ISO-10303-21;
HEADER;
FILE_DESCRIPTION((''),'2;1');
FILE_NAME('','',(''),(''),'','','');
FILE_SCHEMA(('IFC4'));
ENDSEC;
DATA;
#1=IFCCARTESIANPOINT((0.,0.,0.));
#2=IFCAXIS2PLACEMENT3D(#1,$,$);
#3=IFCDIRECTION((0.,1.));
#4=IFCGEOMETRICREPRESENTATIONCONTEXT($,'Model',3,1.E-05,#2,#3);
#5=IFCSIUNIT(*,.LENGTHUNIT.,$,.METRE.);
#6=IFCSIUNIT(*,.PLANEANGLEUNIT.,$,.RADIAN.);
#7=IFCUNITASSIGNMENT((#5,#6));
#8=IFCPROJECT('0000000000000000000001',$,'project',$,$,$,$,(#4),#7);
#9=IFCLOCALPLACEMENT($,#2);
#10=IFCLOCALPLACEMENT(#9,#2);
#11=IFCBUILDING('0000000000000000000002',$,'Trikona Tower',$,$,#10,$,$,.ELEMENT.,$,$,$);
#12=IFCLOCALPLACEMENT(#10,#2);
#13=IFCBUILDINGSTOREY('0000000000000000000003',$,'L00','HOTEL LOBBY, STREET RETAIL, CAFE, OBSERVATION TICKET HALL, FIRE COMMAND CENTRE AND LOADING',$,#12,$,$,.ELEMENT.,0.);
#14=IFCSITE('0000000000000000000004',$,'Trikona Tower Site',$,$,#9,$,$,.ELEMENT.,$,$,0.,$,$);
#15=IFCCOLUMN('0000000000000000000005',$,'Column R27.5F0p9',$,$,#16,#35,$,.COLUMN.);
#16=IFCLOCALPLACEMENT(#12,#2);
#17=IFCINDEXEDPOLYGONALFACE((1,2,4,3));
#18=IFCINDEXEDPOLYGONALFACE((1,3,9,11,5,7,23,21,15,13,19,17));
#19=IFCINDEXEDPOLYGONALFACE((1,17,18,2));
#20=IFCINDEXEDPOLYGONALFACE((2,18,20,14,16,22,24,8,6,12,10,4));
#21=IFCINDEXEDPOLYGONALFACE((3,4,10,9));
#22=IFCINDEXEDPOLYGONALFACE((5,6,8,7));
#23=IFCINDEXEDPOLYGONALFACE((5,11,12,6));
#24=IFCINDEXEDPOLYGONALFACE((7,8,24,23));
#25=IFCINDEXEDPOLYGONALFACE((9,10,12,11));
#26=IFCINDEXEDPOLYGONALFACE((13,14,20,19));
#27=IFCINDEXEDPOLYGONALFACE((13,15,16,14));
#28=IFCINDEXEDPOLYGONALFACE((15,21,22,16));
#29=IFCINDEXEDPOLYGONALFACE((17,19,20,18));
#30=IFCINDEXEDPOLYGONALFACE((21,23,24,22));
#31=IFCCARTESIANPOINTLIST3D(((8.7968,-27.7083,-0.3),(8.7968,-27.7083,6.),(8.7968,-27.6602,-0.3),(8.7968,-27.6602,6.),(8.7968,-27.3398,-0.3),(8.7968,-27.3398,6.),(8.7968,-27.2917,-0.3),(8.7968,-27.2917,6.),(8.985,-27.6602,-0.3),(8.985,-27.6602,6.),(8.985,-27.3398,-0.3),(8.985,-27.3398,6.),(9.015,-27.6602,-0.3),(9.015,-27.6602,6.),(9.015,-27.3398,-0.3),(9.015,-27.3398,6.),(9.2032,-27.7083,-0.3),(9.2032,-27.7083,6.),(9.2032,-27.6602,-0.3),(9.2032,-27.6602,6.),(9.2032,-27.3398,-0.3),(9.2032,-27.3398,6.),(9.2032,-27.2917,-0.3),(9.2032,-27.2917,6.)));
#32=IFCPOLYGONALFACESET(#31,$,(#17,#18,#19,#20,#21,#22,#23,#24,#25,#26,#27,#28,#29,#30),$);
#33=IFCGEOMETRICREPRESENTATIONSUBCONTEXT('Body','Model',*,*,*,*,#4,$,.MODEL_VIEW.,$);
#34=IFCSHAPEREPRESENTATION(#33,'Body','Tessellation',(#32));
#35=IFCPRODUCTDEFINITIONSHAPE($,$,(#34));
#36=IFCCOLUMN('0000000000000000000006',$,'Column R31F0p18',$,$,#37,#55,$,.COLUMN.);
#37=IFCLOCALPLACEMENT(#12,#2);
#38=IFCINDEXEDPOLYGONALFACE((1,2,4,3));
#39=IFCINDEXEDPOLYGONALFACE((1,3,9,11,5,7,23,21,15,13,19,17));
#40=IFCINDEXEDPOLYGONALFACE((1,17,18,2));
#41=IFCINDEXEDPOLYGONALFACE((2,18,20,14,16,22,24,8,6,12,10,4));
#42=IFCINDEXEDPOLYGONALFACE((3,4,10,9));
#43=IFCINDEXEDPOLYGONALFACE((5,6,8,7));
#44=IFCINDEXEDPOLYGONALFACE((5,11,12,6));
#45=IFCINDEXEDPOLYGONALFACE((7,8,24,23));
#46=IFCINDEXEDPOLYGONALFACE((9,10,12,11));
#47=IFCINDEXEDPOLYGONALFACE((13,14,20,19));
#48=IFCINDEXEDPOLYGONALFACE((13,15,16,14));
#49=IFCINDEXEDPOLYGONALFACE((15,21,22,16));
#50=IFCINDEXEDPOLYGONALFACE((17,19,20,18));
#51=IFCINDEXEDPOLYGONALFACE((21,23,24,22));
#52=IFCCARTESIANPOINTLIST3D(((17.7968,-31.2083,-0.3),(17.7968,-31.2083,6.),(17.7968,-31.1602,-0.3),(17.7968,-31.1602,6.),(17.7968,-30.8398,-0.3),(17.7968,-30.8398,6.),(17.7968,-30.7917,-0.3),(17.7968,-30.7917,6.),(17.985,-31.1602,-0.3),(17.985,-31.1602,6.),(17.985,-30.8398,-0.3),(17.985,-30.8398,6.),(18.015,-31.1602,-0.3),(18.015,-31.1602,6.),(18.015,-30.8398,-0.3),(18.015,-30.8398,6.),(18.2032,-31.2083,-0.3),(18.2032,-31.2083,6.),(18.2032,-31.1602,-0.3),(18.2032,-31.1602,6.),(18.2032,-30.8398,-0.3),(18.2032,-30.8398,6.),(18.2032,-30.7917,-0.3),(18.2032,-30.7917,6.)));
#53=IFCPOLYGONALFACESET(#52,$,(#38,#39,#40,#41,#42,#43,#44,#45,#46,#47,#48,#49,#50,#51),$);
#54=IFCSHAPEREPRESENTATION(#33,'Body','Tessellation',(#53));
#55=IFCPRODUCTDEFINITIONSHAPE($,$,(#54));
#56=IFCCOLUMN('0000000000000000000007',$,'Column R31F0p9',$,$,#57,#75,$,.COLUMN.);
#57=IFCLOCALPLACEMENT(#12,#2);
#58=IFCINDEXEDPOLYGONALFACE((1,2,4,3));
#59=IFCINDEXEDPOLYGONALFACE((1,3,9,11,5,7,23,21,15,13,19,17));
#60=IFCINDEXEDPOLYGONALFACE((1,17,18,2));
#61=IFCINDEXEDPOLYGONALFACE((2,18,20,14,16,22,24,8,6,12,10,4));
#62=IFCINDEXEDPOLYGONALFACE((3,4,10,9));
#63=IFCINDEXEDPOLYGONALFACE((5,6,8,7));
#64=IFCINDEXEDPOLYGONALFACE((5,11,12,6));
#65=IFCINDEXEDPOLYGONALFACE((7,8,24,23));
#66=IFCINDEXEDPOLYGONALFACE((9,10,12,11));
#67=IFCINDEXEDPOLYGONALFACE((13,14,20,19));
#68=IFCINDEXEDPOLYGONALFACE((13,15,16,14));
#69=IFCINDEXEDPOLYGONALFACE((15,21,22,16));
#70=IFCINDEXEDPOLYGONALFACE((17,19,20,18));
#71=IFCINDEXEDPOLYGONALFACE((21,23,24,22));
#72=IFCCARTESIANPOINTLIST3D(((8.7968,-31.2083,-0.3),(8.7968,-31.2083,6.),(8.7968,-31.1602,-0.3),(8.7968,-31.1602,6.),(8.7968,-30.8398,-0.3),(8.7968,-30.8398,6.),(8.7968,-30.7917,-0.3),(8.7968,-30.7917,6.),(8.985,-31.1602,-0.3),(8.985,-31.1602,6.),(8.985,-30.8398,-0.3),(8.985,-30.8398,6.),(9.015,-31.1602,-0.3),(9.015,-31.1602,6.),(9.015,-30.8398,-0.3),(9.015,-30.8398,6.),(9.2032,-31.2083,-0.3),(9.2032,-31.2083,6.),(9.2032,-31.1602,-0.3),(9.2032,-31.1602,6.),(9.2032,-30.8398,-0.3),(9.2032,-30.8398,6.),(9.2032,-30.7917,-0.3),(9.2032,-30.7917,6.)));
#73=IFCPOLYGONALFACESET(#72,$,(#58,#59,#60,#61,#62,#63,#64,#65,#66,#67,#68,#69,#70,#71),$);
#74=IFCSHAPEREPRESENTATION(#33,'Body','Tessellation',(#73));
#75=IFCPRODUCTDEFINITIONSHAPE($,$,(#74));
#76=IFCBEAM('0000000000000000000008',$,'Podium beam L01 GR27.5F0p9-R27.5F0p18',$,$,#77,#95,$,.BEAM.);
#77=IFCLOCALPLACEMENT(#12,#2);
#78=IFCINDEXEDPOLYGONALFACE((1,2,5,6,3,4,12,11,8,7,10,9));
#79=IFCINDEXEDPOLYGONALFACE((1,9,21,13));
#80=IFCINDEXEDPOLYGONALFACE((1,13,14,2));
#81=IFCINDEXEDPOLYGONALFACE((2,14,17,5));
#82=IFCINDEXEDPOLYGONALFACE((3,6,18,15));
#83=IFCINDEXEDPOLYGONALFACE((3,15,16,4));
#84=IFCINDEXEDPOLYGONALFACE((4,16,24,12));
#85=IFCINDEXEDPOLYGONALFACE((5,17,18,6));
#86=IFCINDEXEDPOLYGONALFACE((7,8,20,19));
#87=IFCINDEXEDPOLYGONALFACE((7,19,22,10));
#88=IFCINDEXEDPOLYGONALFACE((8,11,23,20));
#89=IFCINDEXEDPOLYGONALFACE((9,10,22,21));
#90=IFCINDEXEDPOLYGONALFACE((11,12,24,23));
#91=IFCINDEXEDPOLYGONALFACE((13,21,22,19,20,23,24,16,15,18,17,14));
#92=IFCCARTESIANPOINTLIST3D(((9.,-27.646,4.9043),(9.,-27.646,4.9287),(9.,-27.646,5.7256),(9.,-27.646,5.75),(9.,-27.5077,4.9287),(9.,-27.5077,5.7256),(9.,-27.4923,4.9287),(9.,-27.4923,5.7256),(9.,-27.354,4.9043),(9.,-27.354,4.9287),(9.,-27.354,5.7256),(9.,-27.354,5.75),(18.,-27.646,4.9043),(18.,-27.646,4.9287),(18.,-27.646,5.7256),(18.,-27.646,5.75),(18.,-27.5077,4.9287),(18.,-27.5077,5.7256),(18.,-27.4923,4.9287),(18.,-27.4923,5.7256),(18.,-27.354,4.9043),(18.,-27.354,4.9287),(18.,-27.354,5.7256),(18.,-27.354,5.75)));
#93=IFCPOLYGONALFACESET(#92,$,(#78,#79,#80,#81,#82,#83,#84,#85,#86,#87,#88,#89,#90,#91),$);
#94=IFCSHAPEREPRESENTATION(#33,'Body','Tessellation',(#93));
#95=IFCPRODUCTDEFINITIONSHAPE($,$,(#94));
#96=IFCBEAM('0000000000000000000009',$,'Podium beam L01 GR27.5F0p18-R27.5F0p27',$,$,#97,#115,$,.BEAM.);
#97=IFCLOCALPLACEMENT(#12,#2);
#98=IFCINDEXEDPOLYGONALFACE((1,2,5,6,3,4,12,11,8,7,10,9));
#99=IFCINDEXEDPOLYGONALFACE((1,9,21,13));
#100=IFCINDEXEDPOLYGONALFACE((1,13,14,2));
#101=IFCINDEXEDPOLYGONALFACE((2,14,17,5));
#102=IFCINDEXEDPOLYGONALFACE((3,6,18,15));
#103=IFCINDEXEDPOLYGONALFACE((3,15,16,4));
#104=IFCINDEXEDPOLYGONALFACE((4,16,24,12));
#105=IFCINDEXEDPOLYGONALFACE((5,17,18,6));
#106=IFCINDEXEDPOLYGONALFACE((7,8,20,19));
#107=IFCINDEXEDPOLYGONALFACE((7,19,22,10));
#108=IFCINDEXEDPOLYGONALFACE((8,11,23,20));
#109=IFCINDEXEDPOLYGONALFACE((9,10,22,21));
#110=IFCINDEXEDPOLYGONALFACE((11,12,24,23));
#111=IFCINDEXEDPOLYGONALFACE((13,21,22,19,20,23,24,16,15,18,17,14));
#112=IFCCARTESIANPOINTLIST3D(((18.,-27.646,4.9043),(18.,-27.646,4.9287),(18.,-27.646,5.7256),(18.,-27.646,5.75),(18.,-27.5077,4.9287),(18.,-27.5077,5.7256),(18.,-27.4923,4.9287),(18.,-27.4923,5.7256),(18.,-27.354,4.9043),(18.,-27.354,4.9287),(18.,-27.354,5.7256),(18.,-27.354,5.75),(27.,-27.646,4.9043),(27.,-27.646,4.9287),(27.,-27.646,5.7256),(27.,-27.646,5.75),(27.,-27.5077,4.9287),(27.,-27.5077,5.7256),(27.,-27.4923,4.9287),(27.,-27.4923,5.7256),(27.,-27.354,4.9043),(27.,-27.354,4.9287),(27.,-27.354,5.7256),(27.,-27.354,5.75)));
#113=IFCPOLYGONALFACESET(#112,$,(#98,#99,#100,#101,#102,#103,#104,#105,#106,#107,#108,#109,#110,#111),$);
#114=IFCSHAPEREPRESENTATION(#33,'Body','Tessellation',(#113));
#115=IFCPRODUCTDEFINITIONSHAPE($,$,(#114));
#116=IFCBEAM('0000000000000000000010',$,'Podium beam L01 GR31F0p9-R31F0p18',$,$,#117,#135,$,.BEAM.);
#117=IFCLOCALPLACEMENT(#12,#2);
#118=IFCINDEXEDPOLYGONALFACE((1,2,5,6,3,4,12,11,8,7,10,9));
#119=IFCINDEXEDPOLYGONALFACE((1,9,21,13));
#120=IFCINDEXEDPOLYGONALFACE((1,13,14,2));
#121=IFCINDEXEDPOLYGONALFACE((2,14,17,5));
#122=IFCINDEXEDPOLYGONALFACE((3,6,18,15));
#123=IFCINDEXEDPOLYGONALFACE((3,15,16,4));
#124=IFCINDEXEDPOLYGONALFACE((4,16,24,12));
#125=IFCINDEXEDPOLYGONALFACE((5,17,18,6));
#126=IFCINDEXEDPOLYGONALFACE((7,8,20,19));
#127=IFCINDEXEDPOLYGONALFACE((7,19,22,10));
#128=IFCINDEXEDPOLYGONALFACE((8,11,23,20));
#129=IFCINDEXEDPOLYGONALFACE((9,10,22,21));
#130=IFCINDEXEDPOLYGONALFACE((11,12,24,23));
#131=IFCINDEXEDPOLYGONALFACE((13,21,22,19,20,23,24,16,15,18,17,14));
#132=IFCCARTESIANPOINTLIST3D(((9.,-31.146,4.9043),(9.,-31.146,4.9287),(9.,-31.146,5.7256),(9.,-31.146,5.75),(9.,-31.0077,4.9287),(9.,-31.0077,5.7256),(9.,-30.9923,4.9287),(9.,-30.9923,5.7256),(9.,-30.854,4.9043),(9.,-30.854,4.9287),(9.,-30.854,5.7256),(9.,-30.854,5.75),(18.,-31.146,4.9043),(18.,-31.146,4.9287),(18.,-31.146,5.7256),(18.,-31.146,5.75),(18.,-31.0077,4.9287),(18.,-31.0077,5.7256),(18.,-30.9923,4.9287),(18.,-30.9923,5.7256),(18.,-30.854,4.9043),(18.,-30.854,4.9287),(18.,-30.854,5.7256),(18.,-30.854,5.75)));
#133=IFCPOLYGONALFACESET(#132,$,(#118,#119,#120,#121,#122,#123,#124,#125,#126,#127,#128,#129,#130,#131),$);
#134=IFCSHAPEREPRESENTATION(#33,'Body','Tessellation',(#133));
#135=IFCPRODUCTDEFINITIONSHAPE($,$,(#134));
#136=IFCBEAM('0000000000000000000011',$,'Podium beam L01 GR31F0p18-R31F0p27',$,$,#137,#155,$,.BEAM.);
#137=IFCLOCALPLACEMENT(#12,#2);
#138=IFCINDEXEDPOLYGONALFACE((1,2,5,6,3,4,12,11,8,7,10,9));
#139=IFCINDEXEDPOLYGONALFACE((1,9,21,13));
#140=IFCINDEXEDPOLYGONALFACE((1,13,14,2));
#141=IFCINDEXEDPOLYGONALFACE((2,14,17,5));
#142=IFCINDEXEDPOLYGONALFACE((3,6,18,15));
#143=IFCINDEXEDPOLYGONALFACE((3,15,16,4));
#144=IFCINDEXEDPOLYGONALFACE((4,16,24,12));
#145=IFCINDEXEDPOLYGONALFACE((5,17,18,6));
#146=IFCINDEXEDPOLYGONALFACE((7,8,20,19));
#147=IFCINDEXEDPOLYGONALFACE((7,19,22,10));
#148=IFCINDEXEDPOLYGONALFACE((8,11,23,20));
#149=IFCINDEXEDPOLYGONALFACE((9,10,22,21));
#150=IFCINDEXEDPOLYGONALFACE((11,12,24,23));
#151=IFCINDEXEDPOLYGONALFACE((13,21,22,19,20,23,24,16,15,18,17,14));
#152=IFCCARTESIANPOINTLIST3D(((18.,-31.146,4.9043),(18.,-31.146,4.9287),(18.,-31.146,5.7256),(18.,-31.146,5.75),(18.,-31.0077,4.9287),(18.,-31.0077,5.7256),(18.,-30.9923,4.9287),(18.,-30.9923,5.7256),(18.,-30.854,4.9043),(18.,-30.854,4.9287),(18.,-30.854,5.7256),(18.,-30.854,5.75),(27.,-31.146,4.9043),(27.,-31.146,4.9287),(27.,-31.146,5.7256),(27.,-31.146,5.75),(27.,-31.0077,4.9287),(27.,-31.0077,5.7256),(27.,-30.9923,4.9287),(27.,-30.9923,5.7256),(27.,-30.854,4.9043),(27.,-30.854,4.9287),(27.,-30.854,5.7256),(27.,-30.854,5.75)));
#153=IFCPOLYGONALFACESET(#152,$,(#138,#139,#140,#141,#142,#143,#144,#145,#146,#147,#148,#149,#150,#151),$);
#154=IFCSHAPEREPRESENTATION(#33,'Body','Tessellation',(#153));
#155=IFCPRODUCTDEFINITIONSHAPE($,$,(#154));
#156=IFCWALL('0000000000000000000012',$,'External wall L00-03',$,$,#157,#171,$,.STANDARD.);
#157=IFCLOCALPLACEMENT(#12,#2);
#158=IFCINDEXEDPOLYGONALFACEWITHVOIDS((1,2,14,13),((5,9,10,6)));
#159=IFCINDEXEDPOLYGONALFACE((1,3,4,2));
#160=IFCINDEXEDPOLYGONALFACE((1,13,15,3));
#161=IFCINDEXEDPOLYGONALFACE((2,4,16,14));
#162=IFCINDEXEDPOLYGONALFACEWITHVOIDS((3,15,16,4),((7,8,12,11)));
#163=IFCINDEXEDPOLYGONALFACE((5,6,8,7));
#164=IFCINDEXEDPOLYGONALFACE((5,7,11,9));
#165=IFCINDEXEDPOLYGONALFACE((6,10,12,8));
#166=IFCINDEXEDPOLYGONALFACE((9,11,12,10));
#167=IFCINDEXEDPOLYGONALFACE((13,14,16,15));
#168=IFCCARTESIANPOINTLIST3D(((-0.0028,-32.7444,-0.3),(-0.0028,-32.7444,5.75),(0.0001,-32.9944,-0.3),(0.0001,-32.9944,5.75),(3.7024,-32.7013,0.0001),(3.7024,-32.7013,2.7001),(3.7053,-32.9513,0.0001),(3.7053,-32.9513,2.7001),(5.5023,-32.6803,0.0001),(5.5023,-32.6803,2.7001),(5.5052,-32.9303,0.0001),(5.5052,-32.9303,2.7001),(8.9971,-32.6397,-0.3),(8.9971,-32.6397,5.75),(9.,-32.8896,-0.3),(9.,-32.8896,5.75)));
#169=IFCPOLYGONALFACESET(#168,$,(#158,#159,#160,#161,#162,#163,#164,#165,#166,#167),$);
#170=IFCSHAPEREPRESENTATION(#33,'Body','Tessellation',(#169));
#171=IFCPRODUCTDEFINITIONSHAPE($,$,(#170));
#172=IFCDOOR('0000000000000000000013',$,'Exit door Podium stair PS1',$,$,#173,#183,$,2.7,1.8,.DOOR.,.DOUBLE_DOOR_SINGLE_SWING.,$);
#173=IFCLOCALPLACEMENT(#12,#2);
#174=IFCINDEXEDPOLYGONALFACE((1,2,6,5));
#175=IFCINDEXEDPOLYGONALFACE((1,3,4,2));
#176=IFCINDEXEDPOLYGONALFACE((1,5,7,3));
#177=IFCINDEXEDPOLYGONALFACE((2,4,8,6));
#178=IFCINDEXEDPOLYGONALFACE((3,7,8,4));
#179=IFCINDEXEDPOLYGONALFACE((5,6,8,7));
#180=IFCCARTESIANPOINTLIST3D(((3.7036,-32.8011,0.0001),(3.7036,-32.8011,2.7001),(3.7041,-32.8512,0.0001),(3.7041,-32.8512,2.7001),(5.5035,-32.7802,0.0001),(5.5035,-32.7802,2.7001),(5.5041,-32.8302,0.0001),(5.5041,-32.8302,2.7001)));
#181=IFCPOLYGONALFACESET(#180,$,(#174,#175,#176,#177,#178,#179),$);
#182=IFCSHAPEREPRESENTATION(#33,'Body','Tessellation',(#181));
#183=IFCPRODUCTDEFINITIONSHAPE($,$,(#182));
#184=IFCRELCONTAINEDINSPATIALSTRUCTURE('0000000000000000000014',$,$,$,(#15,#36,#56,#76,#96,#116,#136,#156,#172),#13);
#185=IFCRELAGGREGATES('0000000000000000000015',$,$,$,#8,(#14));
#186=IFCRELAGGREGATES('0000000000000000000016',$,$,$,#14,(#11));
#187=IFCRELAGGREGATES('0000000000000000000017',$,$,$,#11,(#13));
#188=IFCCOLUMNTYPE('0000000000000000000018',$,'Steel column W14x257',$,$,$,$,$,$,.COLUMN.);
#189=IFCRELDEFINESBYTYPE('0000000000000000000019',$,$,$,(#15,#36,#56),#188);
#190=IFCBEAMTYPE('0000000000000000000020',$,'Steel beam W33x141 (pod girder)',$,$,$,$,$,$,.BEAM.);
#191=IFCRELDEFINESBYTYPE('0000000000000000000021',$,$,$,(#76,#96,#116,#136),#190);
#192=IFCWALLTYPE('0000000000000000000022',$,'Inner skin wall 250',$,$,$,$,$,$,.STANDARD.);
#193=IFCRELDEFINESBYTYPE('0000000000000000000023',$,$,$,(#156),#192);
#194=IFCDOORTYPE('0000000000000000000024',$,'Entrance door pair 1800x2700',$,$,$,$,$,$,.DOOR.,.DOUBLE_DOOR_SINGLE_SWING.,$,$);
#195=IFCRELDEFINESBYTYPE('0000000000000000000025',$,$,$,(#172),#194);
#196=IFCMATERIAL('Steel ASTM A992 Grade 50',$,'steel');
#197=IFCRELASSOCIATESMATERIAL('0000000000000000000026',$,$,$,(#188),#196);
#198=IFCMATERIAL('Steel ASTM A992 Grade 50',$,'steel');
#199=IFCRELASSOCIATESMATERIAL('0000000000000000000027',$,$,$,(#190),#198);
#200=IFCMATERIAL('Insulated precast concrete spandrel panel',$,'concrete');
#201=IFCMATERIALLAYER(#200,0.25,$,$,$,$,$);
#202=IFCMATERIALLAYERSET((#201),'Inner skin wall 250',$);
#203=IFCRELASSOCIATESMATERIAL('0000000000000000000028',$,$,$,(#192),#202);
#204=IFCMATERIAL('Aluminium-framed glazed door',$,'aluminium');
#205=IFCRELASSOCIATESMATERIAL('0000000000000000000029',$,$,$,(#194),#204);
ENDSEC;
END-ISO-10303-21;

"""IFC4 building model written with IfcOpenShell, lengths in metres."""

from ifc_helpers import new_model, si_unit, direction, frame, frame_2d, origin, origin_2d, place, context, subcontext, project, spatial, rectangle, i_section, extrude, material, layer, layer_set, material_profile, profile_set, type_object, element, fill, save


model = new_model("IFC4")

# Units and contexts
model_context = context("Model", 3, precision=1e-05, world=origin(), true_north=direction((0.0, 1.0)))
body_context = subcontext(model_context, "Body", "Model", "MODEL_VIEW")
ifc_project = project(units=[si_unit("LENGTHUNIT", "METRE"), si_unit("PLANEANGLEUNIT", "RADIAN")], contexts=[model_context])

# Site, building, storey
site_placement = place(None, origin())
site = spatial("IfcSite", under=ifc_project, at=site_placement, Name="Trikona Tower Site", CompositionType="ELEMENT", RefElevation=0.0)
building_placement = place(site_placement, origin())
building = spatial("IfcBuilding", under=site, at=building_placement, Name="Trikona Tower", CompositionType="ELEMENT")
storey_placement = place(building_placement, origin())
storey = spatial("IfcBuildingStorey", under=building, at=storey_placement, Name="L00", Description="HOTEL LOBBY, STREET RETAIL, CAFE, OBSERVATION TICKET HALL, FIRE COMMAND CENTRE AND LOADING", CompositionType="ELEMENT", Elevation=0.0)

# Columns
ifc_material_1 = material(Name="Steel ASTM A992 Grade 50", Category="steel")
ifc_material_profile_1 = material_profile(ifc_material_1, i_section(OverallWidth=0.4065, OverallDepth=0.4165, WebThickness=0.03, FlangeThickness=0.0481, at=origin_2d()), Name="W14X257")
ifc_profile_set_1 = profile_set([ifc_material_profile_1], Name="Steel ASTM A992 Grade 50")
column_type = type_object("IfcColumnType", Name="Steel column W14x257", PredefinedType="COLUMN", material=ifc_profile_set_1)
for number, where, z_axis, x_axis, name in (
    (1, (9.0, -27.5, -0.3), (0.0, 0.0, 1.0), (1.0, 0.0, 0.0), "Column R27.5F0p9"),
    (2, (18.0, -31.0, -0.3), (0.0, 0.0, 1.0), (1.0, 0.0, 0.0), "Column R31F0p18"),
    (3, (9.0, -31.0, -0.3), (0.0, 0.0, 1.0), (1.0, 0.0, 0.0), "Column R31F0p9"),
):
    element("IfcColumn", number, at=place(storey_placement, frame(where, z_axis=z_axis, x_axis=x_axis)), inside=storey, type_object=column_type, Name=name, PredefinedType="COLUMN", context=body_context, shape_type="SweptSolid", body=[
        extrude(i_section(OverallWidth=0.4065, OverallDepth=0.4165, WebThickness=0.03, FlangeThickness=0.0481, at=origin_2d()), origin(), (0.0, 0.0, 1.0), 6.3),
    ])

# Beams
ifc_material_2 = material(Name="Steel ASTM A992 Grade 50", Category="steel")
ifc_material_profile_2 = material_profile(ifc_material_2, i_section(OverallWidth=0.292, OverallDepth=0.8457, WebThickness=0.0154, FlangeThickness=0.0244, at=origin_2d()), Name="W33X141")
ifc_profile_set_2 = profile_set([ifc_material_profile_2], Name="Steel ASTM A992 Grade 50")
beam_type = type_object("IfcBeamType", Name="Steel beam W33x141 (pod girder)", PredefinedType="BEAM", material=ifc_profile_set_2)
for number, where, z_axis, x_axis, name in (
    (4, (9.0, -27.5, 5.3271), (1.0, 0.0, 0.0), (0.0, 1.0, 0.0), "Podium beam L01 GR27.5F0p9-R27.5F0p18"),
    (5, (18.0, -27.5, 5.3271), (1.0, 0.0, 0.0), (0.0, 1.0, 0.0), "Podium beam L01 GR27.5F0p18-R27.5F0p27"),
    (6, (9.0, -31.0, 5.3271), (1.0, 0.0, 0.0), (0.0, 1.0, 0.0), "Podium beam L01 GR31F0p9-R31F0p18"),
    (7, (18.0, -31.0, 5.3271), (1.0, 0.0, 0.0), (0.0, 1.0, 0.0), "Podium beam L01 GR31F0p18-R31F0p27"),
):
    element("IfcBeam", number, at=place(storey_placement, frame(where, z_axis=z_axis, x_axis=x_axis)), inside=storey, type_object=beam_type, Name=name, PredefinedType="BEAM", context=body_context, shape_type="SweptSolid", body=[
        extrude(i_section(OverallWidth=0.292, OverallDepth=0.8457, WebThickness=0.0154, FlangeThickness=0.0244, at=origin_2d()), origin(), (0.0, 0.0, 1.0), 9.0),
    ])

# Wall, opening, door
ifc_material_3 = material(Name="Insulated precast concrete spandrel panel", Category="concrete")
ifc_layer = layer(ifc_material_3, 0.25)
ifc_layer_set = layer_set([ifc_layer], Name="Inner skin wall 250")
wall_type = type_object("IfcWallType", Name="Inner skin wall 250", PredefinedType="STANDARD", material=ifc_layer_set)
wall_1_placement = place(storey_placement, frame((8.9985, -32.7646, -0.3), z_axis=(0.0, 0.0, 1.0), x_axis=(-0.999932, -0.011637, 0.0)))
wall_1 = element("IfcWall", 8, at=wall_1_placement, inside=storey, type_object=wall_type, Name="External wall L00-03", PredefinedType="STANDARD", context=body_context, shape_type="SweptSolid", body=[
    extrude(rectangle(XDim=9.0005, YDim=0.25, at=frame_2d((4.5002, 0.0))), origin(), (0.0, 0.0, 1.0), 6.05),
])
opening_1_placement = place(wall_1_placement, frame((3.4951, 0.0, 0.3)))
opening_1 = element("IfcOpeningElement", 9, at=opening_1_placement, cuts=wall_1, PredefinedType="OPENING", context=body_context, shape_type="SweptSolid", body=[
    extrude(rectangle(XDim=1.8, YDim=2.7, at=frame_2d((0.8999, 1.3501))), frame((0.0, 0.135, 0.0), z_axis=(0.0, -1.0, 0.0), x_axis=(1.0, 0.0, 0.0)), (0.0, 0.0, 1.0), 0.27),
])
ifc_material_4 = material(Name="Aluminium-framed glazed door", Category="aluminium")
door_type = type_object("IfcDoorType", Name="Entrance door pair 1800x2700", OperationType="DOUBLE_DOOR_SINGLE_SWING", PredefinedType="DOOR", material=ifc_material_4)
door_1_placement = place(opening_1_placement, origin())
door_1 = element("IfcDoor", 10, at=door_1_placement, inside=storey, type_object=door_type, Name="Exit door Podium stair PS1", OperationType="DOUBLE_DOOR_SINGLE_SWING", OverallHeight=2.7, OverallWidth=1.8, PredefinedType="DOOR", context=body_context, shape_type="SweptSolid", body=[
    extrude(rectangle(XDim=1.8, YDim=2.7, at=frame_2d((0.8999, 1.3501))), frame((0.0, 0.0249, 0.0), z_axis=(0.0, -1.0, 0.0), x_axis=(1.0, 0.0, 0.0)), (0.0, 0.0, 1.0), 0.05),
])
fill(opening_1, door_1)

save(model, "model.ifc")
